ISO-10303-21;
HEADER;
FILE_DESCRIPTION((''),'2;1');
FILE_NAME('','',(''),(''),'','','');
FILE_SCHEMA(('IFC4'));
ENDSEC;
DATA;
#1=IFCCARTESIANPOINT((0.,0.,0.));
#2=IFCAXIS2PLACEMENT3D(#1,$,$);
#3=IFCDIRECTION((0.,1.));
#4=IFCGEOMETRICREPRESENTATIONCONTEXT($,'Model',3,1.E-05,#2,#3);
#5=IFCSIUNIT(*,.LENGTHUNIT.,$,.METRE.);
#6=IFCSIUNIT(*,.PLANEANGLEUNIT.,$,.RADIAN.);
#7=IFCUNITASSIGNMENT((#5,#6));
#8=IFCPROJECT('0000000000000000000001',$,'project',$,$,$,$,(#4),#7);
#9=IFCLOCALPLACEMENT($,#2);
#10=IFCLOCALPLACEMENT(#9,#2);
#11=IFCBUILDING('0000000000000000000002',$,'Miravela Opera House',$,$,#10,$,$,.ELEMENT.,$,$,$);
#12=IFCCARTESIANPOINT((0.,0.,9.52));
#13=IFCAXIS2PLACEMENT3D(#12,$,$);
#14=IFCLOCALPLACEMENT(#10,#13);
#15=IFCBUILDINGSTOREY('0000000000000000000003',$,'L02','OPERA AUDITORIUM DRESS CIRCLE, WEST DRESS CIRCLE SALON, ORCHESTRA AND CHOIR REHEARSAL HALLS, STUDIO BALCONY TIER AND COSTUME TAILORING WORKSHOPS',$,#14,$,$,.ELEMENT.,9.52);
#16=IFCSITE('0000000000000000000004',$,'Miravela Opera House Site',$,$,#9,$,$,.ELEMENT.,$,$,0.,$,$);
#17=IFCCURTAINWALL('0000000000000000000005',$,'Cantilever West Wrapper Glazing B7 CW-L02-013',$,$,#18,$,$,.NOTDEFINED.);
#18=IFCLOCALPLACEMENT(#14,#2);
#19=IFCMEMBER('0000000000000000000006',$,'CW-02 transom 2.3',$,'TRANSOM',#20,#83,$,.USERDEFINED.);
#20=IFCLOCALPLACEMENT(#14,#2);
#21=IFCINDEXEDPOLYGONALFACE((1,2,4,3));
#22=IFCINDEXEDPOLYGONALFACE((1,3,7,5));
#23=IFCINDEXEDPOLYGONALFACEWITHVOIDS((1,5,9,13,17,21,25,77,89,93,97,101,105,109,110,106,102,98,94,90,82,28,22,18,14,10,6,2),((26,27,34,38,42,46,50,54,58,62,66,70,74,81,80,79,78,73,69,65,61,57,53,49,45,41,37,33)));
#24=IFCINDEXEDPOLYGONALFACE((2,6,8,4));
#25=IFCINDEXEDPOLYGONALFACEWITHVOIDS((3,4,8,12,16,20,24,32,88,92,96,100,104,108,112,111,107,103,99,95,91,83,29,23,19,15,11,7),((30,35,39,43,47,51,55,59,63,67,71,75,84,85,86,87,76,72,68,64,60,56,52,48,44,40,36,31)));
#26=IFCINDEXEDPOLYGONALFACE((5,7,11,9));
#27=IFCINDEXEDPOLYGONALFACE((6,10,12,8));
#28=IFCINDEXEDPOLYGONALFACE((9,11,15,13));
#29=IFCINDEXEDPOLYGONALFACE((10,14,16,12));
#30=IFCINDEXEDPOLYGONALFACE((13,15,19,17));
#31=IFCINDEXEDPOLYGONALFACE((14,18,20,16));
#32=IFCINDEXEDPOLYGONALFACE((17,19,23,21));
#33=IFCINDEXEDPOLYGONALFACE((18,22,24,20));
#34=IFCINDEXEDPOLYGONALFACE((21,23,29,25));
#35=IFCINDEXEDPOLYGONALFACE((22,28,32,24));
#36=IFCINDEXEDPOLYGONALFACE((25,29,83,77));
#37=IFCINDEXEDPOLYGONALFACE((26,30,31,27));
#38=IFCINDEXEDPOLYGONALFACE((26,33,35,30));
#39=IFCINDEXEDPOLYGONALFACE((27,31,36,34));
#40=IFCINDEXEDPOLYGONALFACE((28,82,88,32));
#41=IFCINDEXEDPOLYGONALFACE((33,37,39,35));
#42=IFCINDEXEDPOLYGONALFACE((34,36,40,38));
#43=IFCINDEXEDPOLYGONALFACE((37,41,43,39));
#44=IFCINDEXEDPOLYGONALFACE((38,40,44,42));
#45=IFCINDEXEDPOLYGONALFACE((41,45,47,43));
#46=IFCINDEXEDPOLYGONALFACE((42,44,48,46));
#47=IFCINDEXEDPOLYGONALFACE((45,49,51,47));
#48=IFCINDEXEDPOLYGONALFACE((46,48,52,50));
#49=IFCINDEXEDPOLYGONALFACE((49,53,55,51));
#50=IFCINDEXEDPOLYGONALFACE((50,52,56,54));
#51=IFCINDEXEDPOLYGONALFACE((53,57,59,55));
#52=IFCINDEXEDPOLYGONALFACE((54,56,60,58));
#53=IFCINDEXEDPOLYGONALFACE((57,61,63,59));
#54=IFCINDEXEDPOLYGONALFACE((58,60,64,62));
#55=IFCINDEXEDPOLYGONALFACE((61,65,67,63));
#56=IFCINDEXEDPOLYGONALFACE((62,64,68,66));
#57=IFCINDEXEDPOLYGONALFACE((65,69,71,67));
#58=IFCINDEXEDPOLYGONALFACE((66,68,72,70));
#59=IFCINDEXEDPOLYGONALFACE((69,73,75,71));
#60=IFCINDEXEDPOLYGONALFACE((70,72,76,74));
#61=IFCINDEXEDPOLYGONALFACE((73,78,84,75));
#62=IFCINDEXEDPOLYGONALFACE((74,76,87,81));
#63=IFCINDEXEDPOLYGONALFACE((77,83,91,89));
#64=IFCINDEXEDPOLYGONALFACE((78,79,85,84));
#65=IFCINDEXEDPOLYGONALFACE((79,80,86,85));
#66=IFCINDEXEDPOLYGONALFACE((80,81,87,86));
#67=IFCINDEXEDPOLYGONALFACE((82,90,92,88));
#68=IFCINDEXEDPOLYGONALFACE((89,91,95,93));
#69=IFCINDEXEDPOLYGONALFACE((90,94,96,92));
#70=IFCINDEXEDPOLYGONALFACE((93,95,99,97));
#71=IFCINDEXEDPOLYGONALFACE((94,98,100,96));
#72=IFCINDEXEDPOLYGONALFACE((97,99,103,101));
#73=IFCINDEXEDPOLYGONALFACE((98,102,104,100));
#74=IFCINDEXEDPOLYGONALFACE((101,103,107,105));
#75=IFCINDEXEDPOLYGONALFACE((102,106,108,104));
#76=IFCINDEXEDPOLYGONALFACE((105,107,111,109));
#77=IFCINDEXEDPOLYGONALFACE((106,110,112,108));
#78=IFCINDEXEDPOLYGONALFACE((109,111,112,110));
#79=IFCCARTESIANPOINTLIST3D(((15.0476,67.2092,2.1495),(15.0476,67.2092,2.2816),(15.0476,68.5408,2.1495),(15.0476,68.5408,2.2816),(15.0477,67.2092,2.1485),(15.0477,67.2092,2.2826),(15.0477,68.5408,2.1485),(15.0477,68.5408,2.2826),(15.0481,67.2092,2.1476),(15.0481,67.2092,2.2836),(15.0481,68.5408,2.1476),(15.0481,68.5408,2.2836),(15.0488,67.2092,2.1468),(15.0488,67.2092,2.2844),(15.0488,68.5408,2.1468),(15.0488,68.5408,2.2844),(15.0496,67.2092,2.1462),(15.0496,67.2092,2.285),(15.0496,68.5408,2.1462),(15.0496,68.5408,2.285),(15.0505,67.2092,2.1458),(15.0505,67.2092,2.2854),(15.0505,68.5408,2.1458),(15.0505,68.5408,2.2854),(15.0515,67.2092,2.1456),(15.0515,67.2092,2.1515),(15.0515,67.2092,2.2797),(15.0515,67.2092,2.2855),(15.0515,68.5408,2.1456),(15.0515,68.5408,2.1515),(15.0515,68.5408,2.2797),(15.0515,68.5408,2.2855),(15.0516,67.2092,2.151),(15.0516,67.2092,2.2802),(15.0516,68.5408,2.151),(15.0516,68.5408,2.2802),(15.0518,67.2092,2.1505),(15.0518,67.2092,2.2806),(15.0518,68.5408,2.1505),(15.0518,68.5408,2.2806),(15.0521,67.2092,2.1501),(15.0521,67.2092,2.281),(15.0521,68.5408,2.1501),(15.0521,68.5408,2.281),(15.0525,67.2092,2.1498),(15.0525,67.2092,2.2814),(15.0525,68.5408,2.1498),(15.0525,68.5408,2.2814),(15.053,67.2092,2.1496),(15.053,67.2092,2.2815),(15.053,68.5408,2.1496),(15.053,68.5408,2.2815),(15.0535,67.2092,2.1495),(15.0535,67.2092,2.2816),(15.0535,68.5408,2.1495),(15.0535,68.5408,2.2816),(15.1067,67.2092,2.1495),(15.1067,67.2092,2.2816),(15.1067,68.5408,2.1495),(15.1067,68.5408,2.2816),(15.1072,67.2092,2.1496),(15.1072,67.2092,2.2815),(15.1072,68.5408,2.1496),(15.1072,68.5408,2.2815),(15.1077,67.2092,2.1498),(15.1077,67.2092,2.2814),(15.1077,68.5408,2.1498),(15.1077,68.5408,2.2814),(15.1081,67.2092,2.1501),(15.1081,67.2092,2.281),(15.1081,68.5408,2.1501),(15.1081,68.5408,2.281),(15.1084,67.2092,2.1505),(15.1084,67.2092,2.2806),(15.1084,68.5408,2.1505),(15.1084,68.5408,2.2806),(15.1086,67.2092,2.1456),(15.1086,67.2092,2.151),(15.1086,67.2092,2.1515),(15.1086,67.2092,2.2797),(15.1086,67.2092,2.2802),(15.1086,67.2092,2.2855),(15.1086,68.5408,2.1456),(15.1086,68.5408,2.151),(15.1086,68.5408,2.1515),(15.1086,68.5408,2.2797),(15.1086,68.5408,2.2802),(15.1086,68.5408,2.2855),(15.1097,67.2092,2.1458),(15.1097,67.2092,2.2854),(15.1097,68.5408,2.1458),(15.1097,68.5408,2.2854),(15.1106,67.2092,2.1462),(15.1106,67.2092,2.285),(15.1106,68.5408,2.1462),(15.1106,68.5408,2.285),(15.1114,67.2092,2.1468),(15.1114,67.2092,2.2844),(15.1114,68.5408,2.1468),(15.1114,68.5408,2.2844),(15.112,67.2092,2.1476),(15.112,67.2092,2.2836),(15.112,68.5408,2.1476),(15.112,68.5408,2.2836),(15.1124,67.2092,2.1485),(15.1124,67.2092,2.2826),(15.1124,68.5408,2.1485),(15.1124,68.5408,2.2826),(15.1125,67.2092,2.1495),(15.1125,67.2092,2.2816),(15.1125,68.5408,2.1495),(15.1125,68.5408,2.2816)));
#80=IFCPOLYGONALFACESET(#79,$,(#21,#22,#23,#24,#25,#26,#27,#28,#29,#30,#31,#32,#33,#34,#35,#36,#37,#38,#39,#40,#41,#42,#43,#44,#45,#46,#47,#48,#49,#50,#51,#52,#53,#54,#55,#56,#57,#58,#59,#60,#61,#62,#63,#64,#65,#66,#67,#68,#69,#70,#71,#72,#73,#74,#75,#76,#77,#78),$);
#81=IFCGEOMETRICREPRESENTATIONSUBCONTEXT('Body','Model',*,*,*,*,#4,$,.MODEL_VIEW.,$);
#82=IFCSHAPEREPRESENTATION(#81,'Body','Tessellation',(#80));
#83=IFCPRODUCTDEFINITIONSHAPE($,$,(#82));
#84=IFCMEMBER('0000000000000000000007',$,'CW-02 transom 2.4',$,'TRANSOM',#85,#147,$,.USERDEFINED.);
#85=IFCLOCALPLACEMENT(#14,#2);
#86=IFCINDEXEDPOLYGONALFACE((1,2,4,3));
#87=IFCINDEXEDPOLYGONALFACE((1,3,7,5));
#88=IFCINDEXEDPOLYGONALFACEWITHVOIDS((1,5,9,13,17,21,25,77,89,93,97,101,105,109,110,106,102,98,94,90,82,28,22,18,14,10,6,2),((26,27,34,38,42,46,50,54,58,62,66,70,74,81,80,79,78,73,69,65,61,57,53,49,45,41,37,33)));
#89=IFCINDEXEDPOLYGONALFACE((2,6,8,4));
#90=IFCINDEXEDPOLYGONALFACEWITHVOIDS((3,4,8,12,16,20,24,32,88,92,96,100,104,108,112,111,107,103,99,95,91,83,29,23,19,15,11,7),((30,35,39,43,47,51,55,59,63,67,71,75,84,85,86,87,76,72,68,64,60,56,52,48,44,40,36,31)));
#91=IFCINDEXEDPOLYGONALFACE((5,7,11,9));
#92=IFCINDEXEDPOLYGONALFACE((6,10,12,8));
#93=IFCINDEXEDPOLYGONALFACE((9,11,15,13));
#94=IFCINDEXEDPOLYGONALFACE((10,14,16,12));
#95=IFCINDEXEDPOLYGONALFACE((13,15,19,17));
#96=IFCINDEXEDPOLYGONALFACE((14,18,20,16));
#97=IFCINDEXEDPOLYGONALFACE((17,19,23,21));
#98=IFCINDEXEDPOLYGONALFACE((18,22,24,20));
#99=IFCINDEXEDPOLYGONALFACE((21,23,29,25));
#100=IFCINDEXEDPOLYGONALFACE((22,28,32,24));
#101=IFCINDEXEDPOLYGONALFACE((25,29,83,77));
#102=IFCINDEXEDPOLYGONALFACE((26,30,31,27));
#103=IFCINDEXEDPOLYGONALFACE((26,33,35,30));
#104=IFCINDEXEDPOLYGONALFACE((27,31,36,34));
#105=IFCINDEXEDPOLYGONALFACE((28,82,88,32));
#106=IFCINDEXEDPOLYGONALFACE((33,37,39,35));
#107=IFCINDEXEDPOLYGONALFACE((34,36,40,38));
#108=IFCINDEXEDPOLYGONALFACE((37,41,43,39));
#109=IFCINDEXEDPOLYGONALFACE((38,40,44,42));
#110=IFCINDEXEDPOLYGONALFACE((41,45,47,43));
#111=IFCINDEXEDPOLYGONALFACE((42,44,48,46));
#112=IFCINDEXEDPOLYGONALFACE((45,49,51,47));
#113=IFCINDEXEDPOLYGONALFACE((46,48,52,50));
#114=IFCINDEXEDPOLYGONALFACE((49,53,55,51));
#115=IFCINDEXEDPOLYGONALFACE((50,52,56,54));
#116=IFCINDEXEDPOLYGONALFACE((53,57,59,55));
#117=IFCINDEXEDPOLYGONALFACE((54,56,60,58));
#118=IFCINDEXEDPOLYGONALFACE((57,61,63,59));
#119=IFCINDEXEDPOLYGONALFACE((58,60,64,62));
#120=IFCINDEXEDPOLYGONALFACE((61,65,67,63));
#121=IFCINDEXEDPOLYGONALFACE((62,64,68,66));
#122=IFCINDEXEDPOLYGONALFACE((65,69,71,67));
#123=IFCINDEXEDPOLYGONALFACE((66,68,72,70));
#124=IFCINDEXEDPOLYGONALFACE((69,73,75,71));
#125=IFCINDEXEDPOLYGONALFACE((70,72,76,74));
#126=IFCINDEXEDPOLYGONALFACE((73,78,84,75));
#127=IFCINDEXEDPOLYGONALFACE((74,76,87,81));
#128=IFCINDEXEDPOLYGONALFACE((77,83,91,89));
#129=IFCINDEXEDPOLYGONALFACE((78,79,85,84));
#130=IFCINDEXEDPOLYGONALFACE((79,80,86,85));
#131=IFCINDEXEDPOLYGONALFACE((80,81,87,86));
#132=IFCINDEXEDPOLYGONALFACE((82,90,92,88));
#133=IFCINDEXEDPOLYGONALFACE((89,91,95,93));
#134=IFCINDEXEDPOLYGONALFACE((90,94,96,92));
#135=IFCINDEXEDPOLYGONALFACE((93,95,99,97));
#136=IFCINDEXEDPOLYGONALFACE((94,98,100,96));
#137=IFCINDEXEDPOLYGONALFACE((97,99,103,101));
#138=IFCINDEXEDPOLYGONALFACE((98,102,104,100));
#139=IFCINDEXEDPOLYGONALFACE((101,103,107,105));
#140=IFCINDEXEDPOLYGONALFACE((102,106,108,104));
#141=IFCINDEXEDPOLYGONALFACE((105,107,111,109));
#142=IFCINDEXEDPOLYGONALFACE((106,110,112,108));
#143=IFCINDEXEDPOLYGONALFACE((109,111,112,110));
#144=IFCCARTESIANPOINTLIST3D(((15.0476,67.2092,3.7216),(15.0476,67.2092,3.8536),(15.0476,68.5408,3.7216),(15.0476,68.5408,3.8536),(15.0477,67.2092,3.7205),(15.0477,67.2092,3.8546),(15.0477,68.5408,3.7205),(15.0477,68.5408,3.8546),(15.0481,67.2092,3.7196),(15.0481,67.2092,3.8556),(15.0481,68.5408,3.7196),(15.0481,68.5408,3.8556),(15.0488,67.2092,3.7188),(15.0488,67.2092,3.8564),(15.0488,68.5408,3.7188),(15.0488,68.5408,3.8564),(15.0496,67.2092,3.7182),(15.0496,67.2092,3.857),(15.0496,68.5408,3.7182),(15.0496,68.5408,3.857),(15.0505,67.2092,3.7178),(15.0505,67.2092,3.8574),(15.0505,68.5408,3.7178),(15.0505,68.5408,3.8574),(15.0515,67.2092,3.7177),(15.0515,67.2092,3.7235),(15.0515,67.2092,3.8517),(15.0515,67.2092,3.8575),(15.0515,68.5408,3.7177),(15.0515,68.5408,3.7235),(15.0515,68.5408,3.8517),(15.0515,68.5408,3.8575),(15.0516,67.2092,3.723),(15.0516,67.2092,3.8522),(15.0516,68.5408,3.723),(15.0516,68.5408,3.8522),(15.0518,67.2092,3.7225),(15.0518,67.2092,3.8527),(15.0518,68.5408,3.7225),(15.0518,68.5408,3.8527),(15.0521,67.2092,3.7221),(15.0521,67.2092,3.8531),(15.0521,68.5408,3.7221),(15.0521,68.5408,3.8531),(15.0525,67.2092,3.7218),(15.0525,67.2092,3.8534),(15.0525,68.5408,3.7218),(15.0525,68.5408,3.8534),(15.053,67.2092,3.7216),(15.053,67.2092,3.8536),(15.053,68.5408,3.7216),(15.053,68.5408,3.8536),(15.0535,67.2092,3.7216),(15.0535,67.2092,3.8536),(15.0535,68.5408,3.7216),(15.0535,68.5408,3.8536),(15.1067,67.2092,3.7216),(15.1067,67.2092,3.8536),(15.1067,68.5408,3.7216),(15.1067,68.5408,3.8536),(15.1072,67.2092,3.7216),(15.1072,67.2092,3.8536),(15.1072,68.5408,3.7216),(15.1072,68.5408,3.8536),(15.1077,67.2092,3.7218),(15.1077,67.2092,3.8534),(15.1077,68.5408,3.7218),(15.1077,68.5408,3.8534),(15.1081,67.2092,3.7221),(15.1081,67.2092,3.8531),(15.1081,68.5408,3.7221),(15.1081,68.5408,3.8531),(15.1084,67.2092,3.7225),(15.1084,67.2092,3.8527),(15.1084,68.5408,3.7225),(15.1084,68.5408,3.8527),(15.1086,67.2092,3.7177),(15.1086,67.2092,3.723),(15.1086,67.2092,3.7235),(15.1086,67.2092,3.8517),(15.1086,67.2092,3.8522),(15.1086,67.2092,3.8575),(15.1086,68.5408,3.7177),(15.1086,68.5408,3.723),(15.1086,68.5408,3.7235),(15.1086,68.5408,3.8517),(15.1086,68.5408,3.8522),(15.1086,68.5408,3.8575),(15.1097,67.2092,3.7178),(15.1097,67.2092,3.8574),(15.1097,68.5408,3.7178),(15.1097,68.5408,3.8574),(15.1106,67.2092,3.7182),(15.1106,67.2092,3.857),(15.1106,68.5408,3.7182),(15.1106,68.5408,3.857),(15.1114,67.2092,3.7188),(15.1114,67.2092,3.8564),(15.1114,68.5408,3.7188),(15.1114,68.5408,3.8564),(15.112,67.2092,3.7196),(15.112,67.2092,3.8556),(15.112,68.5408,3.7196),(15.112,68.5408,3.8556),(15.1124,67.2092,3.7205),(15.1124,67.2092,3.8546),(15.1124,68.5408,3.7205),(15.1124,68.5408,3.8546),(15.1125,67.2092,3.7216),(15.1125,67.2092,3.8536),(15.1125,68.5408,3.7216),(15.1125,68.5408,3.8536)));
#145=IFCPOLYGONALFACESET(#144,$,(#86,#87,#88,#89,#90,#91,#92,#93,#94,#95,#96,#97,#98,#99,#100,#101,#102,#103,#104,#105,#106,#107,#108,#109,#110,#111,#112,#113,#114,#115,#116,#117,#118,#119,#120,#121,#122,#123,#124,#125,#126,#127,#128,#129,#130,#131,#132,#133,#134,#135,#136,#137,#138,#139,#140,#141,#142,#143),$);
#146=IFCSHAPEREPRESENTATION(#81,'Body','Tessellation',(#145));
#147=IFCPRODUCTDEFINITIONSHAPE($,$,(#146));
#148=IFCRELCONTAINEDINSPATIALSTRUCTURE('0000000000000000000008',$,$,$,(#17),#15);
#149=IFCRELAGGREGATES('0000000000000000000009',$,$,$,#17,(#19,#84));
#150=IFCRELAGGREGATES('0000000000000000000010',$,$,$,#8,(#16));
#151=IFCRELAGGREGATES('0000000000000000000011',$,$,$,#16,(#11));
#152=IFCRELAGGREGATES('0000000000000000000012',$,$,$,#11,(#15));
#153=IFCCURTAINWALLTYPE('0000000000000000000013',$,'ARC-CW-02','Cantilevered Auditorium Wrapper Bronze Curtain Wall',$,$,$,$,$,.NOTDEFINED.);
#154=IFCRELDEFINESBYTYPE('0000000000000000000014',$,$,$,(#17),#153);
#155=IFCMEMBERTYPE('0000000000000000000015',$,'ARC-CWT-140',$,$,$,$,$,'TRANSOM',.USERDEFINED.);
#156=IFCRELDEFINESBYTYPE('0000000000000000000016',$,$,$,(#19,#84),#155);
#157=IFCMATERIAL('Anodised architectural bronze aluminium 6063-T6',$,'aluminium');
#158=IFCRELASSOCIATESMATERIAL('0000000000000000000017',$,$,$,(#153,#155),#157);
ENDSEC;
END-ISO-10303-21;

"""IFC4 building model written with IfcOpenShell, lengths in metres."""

from ifc_helpers import new_model, si_unit, direction, frame, origin, origin_2d, place, context, subcontext, project, spatial, hollow_rectangle, extrude, material, material_profile, profile_set, type_object, element, aggregate, save


model = new_model("IFC4")

# Units and contexts
model_context = context("Model", 3, precision=1e-05, world=origin(), true_north=direction((0.0, 1.0)))
body_context = subcontext(model_context, "Body", "Model", "MODEL_VIEW")
ifc_project = project(units=[si_unit("LENGTHUNIT", "METRE"), si_unit("PLANEANGLEUNIT", "RADIAN")], contexts=[model_context])

# Site, building, storey
site_placement = place(None, origin())
site = spatial("IfcSite", under=ifc_project, at=site_placement, Name="Miravela Opera House Site", CompositionType="ELEMENT", RefElevation=0.0)
building_placement = place(site_placement, origin())
building = spatial("IfcBuilding", under=site, at=building_placement, Name="Miravela Opera House", CompositionType="ELEMENT")
storey_placement = place(building_placement, frame((0.0, 0.0, 9.52)))
storey = spatial("IfcBuildingStorey", under=building, at=storey_placement, Name="L02", Description="OPERA AUDITORIUM DRESS CIRCLE, WEST DRESS CIRCLE SALON, ORCHESTRA AND CHOIR REHEARSAL HALLS, STUDIO BALCONY TIER AND COSTUME TAILORING WORKSHOPS", CompositionType="ELEMENT", Elevation=9.52)

# Curtain wall, members
ifc_material_1 = material(Name="Anodised architectural bronze aluminium 6063-T6", Category="aluminium")
curtain_wall_type = type_object("IfcCurtainWallType", Name="ARC-CW-02", Description="Cantilevered Auditorium Wrapper Bronze Curtain Wall", PredefinedType="NOTDEFINED", material=ifc_material_1)
curtain_wall_placement = place(storey_placement, origin())
curtain_wall = element("IfcCurtainWall", 1, at=curtain_wall_placement, inside=storey, type_object=curtain_wall_type, Name="Cantilever West Wrapper Glazing B7 CW-L02-013", PredefinedType="NOTDEFINED")
ifc_material_profile_1 = material_profile(ifc_material_1, hollow_rectangle(XDim=0.0649, YDim=0.1399, WallThickness=0.0039, InnerFilletRadius=0.002, OuterFilletRadius=0.0039, at=origin_2d()), Name="CWT-65X140")
ifc_profile_set_1 = profile_set([ifc_material_profile_1])
member_type_1 = type_object("IfcMemberType", Name="ARC-CWT-140", ElementType="TRANSOM", PredefinedType="USERDEFINED", material=ifc_profile_set_1)
member_1_placement = place(storey_placement, frame((15.0801, 67.2092, 2.2156), z_axis=(0.0, 1.0, 0.0), x_axis=(-1.0, 0.0, 0.0)))
member_1 = element("IfcMember", 2, at=member_1_placement, type_object=member_type_1, Name="CW-02 transom 2.3", ObjectType="TRANSOM", PredefinedType="USERDEFINED", context=body_context, shape_type="SweptSolid", body=[
    extrude(hollow_rectangle(XDim=0.0649, YDim=0.1399, WallThickness=0.0039, InnerFilletRadius=0.002, OuterFilletRadius=0.0039, at=origin_2d()), origin(), (0.0, 0.0, 1.0), 1.3315),
])
member_2_placement = place(storey_placement, frame((15.0801, 67.2092, 3.7876), z_axis=(0.0, 1.0, 0.0), x_axis=(-1.0, 0.0, 0.0)))
member_2 = element("IfcMember", 3, at=member_2_placement, type_object=member_type_1, Name="CW-02 transom 2.4", ObjectType="TRANSOM", PredefinedType="USERDEFINED", context=body_context, shape_type="SweptSolid", body=[
    extrude(hollow_rectangle(XDim=0.0649, YDim=0.1399, WallThickness=0.0039, InnerFilletRadius=0.002, OuterFilletRadius=0.0039, at=origin_2d()), origin(), (0.0, 0.0, 1.0), 1.3315),
])

aggregate(curtain_wall, [member_1, member_2])

save(model, "model.ifc")
